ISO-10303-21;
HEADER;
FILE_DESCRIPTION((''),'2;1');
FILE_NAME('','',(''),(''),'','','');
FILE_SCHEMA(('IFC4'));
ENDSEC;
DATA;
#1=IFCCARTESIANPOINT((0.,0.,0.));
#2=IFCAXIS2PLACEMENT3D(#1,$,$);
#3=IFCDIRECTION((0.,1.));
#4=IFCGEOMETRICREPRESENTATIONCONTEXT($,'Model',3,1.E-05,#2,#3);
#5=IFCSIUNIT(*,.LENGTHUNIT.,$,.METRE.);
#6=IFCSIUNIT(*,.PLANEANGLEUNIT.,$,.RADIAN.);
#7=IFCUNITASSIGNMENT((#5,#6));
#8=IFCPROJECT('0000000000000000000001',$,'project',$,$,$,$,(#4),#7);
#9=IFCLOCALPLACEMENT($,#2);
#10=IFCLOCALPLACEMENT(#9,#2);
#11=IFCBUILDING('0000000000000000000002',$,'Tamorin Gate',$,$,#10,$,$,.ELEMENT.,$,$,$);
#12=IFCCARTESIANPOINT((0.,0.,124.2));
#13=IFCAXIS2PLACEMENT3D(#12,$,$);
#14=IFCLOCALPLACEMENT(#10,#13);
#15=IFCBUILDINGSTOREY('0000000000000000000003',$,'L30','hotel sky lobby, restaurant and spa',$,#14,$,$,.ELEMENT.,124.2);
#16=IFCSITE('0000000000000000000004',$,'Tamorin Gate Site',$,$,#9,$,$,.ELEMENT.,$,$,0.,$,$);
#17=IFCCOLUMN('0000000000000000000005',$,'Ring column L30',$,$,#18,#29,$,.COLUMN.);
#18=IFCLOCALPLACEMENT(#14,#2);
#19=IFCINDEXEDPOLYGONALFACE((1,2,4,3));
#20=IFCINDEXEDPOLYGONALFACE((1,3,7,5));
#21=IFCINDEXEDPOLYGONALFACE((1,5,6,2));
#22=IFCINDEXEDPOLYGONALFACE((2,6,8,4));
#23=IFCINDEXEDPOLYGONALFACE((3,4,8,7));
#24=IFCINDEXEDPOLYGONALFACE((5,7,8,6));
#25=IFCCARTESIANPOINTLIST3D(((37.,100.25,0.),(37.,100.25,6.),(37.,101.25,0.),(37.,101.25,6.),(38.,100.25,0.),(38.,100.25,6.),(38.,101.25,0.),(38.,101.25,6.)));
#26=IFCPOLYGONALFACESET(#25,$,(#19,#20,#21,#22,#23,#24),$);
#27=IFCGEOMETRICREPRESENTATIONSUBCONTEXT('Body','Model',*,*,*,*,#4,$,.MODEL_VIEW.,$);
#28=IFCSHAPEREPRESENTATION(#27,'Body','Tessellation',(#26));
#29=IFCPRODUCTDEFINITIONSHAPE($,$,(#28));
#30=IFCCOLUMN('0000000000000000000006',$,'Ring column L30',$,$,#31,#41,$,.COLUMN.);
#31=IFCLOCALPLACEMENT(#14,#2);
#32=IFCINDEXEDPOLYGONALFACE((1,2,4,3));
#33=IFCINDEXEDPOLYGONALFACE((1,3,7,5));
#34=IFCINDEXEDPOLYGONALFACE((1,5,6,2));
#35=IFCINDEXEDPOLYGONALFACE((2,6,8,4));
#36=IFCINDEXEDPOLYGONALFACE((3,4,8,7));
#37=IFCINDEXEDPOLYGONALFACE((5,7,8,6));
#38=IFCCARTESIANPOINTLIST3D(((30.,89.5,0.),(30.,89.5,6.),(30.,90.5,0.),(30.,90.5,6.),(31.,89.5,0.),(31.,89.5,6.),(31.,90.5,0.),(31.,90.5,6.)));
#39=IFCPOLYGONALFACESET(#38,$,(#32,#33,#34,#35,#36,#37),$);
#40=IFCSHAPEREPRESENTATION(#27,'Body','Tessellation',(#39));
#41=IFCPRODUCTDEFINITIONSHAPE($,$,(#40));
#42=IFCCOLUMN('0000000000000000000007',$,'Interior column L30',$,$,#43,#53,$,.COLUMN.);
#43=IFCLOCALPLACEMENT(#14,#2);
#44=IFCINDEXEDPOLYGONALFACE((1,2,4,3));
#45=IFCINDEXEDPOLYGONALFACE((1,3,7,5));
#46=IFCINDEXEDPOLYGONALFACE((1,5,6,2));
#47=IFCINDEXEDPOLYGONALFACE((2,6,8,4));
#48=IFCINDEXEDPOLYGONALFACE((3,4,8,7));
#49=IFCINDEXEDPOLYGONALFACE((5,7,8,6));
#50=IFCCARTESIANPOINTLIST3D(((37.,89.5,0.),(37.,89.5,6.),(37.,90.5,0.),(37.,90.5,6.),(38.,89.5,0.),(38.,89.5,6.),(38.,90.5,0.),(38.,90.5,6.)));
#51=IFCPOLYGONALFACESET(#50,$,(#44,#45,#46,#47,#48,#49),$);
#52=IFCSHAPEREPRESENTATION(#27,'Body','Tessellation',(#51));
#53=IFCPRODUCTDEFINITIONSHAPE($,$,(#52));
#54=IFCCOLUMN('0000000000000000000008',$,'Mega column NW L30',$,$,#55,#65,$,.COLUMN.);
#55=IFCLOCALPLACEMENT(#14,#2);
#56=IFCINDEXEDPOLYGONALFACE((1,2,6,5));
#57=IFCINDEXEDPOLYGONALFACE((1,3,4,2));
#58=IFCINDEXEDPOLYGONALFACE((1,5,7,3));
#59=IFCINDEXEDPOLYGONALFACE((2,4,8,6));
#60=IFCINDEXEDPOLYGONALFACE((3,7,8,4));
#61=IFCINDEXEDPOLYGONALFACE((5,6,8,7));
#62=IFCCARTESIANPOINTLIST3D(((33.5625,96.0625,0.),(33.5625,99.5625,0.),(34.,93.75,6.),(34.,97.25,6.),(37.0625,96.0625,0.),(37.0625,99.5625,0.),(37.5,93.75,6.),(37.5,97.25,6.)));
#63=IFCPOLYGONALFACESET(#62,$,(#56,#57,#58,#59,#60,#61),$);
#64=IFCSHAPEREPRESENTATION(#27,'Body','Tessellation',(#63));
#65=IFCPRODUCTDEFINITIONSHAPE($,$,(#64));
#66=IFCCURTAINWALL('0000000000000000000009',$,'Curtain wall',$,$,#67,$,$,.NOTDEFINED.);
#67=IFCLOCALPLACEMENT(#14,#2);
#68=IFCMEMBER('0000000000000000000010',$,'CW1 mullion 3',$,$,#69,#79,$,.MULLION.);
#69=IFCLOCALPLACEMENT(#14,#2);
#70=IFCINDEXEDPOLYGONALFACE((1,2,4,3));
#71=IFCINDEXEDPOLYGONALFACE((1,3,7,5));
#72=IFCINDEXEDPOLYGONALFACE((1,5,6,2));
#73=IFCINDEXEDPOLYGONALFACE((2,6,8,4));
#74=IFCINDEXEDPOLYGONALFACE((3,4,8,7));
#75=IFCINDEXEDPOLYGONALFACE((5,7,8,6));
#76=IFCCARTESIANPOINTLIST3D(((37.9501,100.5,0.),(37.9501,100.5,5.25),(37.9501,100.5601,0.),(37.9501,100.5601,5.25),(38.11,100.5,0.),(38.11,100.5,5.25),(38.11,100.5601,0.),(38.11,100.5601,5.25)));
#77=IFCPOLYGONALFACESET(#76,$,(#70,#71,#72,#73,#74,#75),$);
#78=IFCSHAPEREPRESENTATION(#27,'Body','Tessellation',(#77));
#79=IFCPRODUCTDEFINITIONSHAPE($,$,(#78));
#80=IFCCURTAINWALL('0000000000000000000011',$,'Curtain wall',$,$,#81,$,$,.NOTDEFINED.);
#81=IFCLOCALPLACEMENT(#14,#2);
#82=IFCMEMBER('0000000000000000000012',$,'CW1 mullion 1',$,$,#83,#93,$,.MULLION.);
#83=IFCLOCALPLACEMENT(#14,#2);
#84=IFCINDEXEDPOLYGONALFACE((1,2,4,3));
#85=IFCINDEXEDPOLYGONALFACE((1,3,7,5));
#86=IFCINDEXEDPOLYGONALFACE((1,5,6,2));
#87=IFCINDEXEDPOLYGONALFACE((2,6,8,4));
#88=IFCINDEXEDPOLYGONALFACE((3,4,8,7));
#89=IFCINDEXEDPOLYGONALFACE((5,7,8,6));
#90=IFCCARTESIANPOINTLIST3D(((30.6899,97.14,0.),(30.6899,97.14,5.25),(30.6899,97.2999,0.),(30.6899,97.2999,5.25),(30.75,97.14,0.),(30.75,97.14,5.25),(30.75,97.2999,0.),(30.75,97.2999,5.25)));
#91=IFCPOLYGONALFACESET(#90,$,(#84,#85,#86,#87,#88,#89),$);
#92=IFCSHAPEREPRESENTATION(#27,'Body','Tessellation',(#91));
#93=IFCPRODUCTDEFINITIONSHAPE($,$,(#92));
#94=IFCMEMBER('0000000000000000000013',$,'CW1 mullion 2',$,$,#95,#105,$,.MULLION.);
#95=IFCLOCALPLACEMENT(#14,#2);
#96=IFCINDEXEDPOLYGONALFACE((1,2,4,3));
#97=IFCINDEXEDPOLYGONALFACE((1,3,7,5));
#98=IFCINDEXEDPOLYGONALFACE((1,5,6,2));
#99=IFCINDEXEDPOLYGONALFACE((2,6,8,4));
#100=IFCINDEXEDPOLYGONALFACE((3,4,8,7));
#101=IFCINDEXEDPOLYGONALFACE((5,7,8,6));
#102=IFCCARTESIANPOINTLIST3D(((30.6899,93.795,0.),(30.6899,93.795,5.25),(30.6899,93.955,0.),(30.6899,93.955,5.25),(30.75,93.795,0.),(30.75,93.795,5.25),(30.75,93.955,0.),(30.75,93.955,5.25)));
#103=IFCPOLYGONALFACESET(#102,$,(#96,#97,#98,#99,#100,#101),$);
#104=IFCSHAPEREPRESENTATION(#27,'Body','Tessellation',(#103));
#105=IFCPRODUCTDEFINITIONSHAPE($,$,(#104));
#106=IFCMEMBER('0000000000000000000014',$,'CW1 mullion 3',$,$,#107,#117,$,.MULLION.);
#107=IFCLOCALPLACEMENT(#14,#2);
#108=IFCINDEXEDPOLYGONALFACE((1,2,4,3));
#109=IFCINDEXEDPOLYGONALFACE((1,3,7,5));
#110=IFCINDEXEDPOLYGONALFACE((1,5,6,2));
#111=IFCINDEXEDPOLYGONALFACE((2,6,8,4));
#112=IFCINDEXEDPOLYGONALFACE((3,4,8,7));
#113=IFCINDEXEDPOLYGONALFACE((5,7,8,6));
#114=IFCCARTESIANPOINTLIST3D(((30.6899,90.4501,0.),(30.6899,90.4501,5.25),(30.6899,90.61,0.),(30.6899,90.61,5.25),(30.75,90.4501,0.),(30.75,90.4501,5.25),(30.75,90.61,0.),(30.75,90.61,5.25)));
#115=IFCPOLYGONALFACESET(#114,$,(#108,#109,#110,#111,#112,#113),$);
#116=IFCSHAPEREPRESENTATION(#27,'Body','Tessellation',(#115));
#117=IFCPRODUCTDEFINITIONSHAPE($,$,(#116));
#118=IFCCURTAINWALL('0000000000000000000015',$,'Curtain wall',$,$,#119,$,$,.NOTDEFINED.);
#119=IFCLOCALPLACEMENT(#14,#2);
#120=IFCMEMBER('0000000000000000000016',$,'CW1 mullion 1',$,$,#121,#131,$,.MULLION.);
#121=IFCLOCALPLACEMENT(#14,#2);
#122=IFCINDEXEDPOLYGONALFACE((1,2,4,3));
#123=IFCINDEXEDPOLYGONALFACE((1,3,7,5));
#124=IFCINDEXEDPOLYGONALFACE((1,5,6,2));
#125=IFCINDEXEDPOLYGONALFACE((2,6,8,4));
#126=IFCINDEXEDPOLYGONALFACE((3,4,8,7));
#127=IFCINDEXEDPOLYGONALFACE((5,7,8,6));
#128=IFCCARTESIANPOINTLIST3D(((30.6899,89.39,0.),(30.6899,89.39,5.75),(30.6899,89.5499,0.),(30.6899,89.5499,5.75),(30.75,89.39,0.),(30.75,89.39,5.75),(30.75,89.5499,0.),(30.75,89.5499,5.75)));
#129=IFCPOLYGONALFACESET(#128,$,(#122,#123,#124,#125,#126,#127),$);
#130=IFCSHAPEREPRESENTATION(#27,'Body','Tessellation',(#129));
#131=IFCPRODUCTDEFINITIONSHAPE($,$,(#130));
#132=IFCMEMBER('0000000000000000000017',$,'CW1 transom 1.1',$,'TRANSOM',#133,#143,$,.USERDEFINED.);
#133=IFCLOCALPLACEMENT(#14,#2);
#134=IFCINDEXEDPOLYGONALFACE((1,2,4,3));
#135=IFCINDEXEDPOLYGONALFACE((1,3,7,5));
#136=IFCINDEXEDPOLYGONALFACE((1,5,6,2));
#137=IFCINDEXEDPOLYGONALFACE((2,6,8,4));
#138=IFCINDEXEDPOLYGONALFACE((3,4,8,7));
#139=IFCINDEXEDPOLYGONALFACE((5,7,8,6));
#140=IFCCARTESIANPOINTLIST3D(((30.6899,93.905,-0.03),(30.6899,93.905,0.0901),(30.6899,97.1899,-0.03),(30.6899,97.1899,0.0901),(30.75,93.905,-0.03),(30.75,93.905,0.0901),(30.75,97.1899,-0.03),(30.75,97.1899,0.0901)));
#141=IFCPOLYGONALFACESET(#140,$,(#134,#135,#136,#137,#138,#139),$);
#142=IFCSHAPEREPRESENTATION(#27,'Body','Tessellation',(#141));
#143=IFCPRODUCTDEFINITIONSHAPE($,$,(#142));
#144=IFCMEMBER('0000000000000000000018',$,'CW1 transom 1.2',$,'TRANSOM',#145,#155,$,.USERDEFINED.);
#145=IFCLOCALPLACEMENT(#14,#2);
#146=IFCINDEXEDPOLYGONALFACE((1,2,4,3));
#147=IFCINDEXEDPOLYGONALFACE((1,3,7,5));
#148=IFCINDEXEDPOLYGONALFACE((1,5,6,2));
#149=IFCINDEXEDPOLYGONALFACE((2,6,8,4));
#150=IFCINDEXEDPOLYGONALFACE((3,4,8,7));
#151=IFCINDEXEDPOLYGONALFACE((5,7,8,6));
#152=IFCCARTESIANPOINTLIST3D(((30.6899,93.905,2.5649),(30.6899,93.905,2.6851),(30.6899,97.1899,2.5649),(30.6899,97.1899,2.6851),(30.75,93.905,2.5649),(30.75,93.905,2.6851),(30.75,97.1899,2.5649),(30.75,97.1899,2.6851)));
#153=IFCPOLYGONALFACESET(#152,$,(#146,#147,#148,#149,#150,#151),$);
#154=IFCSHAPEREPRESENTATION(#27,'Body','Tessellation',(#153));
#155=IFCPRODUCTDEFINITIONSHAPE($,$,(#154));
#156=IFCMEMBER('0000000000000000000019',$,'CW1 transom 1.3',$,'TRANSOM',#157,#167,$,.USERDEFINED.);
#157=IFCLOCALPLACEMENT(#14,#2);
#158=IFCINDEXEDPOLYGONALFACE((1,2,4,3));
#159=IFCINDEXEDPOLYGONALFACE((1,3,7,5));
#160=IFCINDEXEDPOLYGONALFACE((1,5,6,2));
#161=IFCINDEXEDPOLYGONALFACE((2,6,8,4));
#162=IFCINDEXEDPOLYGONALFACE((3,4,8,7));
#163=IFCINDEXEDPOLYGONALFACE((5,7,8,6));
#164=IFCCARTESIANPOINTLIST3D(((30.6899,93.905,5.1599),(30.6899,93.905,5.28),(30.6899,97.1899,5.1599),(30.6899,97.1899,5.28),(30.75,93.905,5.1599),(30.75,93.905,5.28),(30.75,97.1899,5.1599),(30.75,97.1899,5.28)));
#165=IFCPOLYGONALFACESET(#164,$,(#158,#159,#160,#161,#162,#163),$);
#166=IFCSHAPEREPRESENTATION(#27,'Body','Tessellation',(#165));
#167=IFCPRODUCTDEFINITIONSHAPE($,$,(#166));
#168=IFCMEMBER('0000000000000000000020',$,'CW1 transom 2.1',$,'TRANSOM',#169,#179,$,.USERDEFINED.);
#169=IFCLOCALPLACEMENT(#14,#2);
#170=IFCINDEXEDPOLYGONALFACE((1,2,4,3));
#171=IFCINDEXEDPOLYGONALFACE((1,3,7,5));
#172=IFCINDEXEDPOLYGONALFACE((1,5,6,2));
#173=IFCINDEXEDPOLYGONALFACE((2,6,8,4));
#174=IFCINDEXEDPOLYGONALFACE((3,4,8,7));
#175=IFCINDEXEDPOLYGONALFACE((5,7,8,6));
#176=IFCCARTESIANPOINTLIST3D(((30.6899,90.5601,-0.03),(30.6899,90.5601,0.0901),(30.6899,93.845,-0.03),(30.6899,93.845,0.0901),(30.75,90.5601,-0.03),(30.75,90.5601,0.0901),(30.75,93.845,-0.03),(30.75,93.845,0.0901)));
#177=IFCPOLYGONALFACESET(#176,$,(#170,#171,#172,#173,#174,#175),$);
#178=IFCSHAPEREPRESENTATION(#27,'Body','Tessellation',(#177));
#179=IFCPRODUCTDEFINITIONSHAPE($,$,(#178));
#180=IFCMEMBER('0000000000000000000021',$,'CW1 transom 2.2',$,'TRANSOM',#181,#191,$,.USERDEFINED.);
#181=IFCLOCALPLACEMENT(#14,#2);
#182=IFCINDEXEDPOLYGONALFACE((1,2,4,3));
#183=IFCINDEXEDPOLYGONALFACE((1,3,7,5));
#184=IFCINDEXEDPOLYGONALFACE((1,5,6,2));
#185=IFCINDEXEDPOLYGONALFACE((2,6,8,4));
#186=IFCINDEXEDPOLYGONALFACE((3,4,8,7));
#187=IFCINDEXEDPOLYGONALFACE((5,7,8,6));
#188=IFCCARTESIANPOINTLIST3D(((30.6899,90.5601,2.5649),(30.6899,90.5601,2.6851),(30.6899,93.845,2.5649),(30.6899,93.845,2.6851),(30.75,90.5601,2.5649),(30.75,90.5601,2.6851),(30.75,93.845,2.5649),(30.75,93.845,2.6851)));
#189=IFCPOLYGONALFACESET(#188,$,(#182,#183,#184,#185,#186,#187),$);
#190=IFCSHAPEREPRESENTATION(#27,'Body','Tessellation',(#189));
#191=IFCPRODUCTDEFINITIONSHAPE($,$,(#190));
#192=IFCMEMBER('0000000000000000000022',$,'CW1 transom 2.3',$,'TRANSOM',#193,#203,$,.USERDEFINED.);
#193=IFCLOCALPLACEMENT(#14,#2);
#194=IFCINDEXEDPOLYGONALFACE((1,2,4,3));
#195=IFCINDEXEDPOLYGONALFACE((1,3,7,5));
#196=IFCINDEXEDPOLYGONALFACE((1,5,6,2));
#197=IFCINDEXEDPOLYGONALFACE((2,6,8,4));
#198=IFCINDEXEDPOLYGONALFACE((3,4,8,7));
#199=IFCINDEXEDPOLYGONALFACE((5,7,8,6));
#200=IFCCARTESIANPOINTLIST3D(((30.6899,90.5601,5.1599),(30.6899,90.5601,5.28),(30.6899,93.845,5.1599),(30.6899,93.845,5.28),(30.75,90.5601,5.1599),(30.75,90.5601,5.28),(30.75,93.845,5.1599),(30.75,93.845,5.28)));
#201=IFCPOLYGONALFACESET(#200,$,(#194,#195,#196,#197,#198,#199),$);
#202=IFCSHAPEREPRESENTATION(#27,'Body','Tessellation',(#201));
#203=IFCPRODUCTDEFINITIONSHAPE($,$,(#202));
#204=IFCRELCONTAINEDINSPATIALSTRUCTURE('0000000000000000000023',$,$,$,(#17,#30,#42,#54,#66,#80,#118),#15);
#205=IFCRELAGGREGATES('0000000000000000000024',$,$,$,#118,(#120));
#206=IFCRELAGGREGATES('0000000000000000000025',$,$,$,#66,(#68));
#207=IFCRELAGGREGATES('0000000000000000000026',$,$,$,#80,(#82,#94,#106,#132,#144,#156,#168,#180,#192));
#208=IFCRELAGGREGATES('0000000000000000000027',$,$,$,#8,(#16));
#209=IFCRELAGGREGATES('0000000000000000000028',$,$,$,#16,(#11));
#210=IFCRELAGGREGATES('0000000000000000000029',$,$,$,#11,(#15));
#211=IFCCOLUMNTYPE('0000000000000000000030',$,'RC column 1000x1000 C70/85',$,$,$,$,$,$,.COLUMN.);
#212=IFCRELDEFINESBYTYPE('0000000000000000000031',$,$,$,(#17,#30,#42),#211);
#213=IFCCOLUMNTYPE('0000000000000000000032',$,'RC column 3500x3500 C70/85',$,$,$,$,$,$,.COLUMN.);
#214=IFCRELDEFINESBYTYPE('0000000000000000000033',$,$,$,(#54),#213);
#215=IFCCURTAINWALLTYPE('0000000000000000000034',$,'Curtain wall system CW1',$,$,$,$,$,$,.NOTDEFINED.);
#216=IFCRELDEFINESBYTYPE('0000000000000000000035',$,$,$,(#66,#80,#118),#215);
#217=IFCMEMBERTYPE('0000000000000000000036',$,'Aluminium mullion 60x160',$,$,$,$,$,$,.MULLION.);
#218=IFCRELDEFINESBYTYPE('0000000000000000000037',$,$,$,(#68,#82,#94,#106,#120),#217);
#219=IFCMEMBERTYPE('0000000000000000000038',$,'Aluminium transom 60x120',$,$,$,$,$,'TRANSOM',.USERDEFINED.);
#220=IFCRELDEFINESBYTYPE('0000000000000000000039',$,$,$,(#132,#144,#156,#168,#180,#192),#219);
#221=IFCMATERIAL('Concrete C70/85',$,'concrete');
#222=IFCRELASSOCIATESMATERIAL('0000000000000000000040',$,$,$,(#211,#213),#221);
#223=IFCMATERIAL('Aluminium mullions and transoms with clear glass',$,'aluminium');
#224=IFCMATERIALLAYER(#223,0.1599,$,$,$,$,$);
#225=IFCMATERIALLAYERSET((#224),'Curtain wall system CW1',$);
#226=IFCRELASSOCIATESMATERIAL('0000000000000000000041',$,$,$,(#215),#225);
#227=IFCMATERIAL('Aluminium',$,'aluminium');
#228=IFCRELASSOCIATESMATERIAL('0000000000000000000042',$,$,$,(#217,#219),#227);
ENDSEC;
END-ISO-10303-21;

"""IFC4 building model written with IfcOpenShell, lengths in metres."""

from ifc_helpers import new_model, si_unit, direction, frame, origin, origin_2d, place, context, subcontext, project, spatial, rectangle, extrude, material, layer, layer_set, material_profile, profile_set, type_object, element, aggregate, save


model = new_model("IFC4")

# Units and contexts
model_context = context("Model", 3, precision=1e-05, world=origin(), true_north=direction((0.0, 1.0)))
body_context = subcontext(model_context, "Body", "Model", "MODEL_VIEW")
ifc_project = project(units=[si_unit("LENGTHUNIT", "METRE"), si_unit("PLANEANGLEUNIT", "RADIAN")], contexts=[model_context])

# Site, building, storey
site_placement = place(None, origin())
site = spatial("IfcSite", under=ifc_project, at=site_placement, Name="Tamorin Gate Site", CompositionType="ELEMENT", RefElevation=0.0)
building_placement = place(site_placement, origin())
building = spatial("IfcBuilding", under=site, at=building_placement, Name="Tamorin Gate", CompositionType="ELEMENT")
storey_placement = place(building_placement, frame((0.0, 0.0, 124.2)))
storey = spatial("IfcBuildingStorey", under=building, at=storey_placement, Name="L30", Description="hotel sky lobby, restaurant and spa", CompositionType="ELEMENT", Elevation=124.2)

# Columns
ifc_material_1 = material(Name="Concrete C70/85", Category="concrete")
ifc_material_profile_1 = material_profile(ifc_material_1, rectangle(XDim=1.0, YDim=1.0, at=origin_2d()), Name="RC 1000x1000")
ifc_profile_set_1 = profile_set([ifc_material_profile_1], Name="Concrete C70/85")
column_type_1 = type_object("IfcColumnType", Name="RC column 1000x1000 C70/85", PredefinedType="COLUMN", material=ifc_profile_set_1)
for number, where, z_axis, x_axis, name in (
    (1, (37.5, 100.75, 0.0), (0.0, 0.0, 1.0), (1.0, 0.0, 0.0), "Ring column L30"),
    (2, (30.5, 90.0, 0.0), (0.0, 0.0, 1.0), (1.0, 0.0, 0.0), "Ring column L30"),
    (3, (37.5, 90.0, 0.0), (0.0, 0.0, 1.0), (1.0, 0.0, 0.0), "Interior column L30"),
):
    element("IfcColumn", number, at=place(storey_placement, frame(where, z_axis=z_axis, x_axis=x_axis)), inside=storey, type_object=column_type_1, Name=name, PredefinedType="COLUMN", context=body_context, shape_type="SweptSolid", body=[
        extrude(rectangle(XDim=1.0, YDim=1.0, at=origin_2d()), origin(), (0.0, 0.0, 1.0), 6.0),
    ])
ifc_material_profile_2 = material_profile(ifc_material_1, rectangle(XDim=3.5, YDim=3.5, at=origin_2d()), Name="RC 3500x3500")
ifc_profile_set_2 = profile_set([ifc_material_profile_2], Name="Concrete C70/85")
column_type_2 = type_object("IfcColumnType", Name="RC column 3500x3500 C70/85", PredefinedType="COLUMN", material=ifc_profile_set_2)
column_placement = place(storey_placement, frame((35.3125, 97.8125, 0.0), z_axis=(0.0, 0.0, 1.0), x_axis=(0.0, -1.0, 0.0)))
element("IfcColumn", 4, at=column_placement, inside=storey, type_object=column_type_2, Name="Mega column NW L30", PredefinedType="COLUMN", context=body_context, shape_type="SweptSolid", body=[
    extrude(rectangle(XDim=3.5, YDim=3.5, at=origin_2d()), origin(), (0.358801, 0.067881, 0.930943), 6.4451),
])

# Curtain wall, member
ifc_material_2 = material(Name="Aluminium mullions and transoms with clear glass", Category="aluminium")
ifc_layer_1 = layer(ifc_material_2, 0.1599)
ifc_layer_set_1 = layer_set([ifc_layer_1], Name="Curtain wall system CW1")
curtain_wall_type = type_object("IfcCurtainWallType", Name="Curtain wall system CW1", PredefinedType="NOTDEFINED", material=ifc_layer_set_1)
curtain_wall_1_placement = place(storey_placement, origin())
curtain_wall_1 = element("IfcCurtainWall", 5, at=curtain_wall_1_placement, inside=storey, type_object=curtain_wall_type, Name="Curtain wall", PredefinedType="NOTDEFINED")
ifc_material_3 = material(Name="Aluminium", Category="aluminium")
ifc_material_profile_3 = material_profile(ifc_material_3, rectangle(XDim=0.0601, YDim=0.1599, at=origin_2d()), Name="RECT 60x160")
ifc_profile_set_3 = profile_set([ifc_material_profile_3], Name="Aluminium")
member_type_1 = type_object("IfcMemberType", Name="Aluminium mullion 60x160", PredefinedType="MULLION", material=ifc_profile_set_3)
member_1_placement = place(storey_placement, frame((38.03, 100.53, 0.0), z_axis=(0.0, 0.0, 1.0), x_axis=(0.0, -1.0, 0.0)))
member_1 = element("IfcMember", 6, at=member_1_placement, type_object=member_type_1, Name="CW1 mullion 3", PredefinedType="MULLION", context=body_context, shape_type="SweptSolid", body=[
    extrude(rectangle(XDim=0.0601, YDim=0.1599, at=origin_2d()), origin(), (0.0, 0.0, 1.0), 5.25),
])

# Curtain wall, members
curtain_wall_2_placement = place(storey_placement, origin())
curtain_wall_2 = element("IfcCurtainWall", 7, at=curtain_wall_2_placement, inside=storey, type_object=curtain_wall_type, Name="Curtain wall", PredefinedType="NOTDEFINED")
member_2_placement = place(storey_placement, frame((30.72, 97.22, 0.0), z_axis=(0.0, 0.0, 1.0), x_axis=(1.0, 0.0, 0.0)))
member_2 = element("IfcMember", 8, at=member_2_placement, type_object=member_type_1, Name="CW1 mullion 1", PredefinedType="MULLION", context=body_context, shape_type="SweptSolid", body=[
    extrude(rectangle(XDim=0.0601, YDim=0.1599, at=origin_2d()), origin(), (0.0, 0.0, 1.0), 5.25),
])
member_3_placement = place(storey_placement, frame((30.72, 93.875, 0.0), z_axis=(0.0, 0.0, 1.0), x_axis=(1.0, 0.0, 0.0)))
member_3 = element("IfcMember", 9, at=member_3_placement, type_object=member_type_1, Name="CW1 mullion 2", PredefinedType="MULLION", context=body_context, shape_type="SweptSolid", body=[
    extrude(rectangle(XDim=0.0601, YDim=0.1599, at=origin_2d()), origin(), (0.0, 0.0, 1.0), 5.25),
])
member_4_placement = place(storey_placement, frame((30.72, 90.53, 0.0), z_axis=(0.0, 0.0, 1.0), x_axis=(1.0, 0.0, 0.0)))
member_4 = element("IfcMember", 10, at=member_4_placement, type_object=member_type_1, Name="CW1 mullion 3", PredefinedType="MULLION", context=body_context, shape_type="SweptSolid", body=[
    extrude(rectangle(XDim=0.0601, YDim=0.1599, at=origin_2d()), origin(), (0.0, 0.0, 1.0), 5.25),
])

# Curtain wall, member
curtain_wall_3_placement = place(storey_placement, origin())
curtain_wall_3 = element("IfcCurtainWall", 11, at=curtain_wall_3_placement, inside=storey, type_object=curtain_wall_type, Name="Curtain wall", PredefinedType="NOTDEFINED")
member_5_placement = place(storey_placement, frame((30.72, 89.47, 0.0), z_axis=(0.0, 0.0, 1.0), x_axis=(1.0, 0.0, 0.0)))
member_5 = element("IfcMember", 12, at=member_5_placement, type_object=member_type_1, Name="CW1 mullion 1", PredefinedType="MULLION", context=body_context, shape_type="SweptSolid", body=[
    extrude(rectangle(XDim=0.0601, YDim=0.1599, at=origin_2d()), origin(), (0.0, 0.0, 1.0), 5.75),
])

# Members
ifc_material_profile_4 = material_profile(ifc_material_3, rectangle(XDim=0.0601, YDim=0.1201, at=origin_2d()), Name="RECT 60x120")
ifc_profile_set_4 = profile_set([ifc_material_profile_4], Name="Aluminium")
member_type_2 = type_object("IfcMemberType", Name="Aluminium transom 60x120", ElementType="TRANSOM", PredefinedType="USERDEFINED", material=ifc_profile_set_4)
member_6_placement = place(storey_placement, frame((30.72, 97.1899, 0.03), z_axis=(0.0, -1.0, 0.0), x_axis=(1.0, 0.0, 0.0)))
member_6 = element("IfcMember", 13, at=member_6_placement, type_object=member_type_2, Name="CW1 transom 1.1", ObjectType="TRANSOM", PredefinedType="USERDEFINED", context=body_context, shape_type="SweptSolid", body=[
    extrude(rectangle(XDim=0.0601, YDim=0.1201, at=origin_2d()), origin(), (0.0, 0.0, 1.0), 3.2849),
])
member_7_placement = place(storey_placement, frame((30.72, 97.1899, 2.625), z_axis=(0.0, -1.0, 0.0), x_axis=(1.0, 0.0, 0.0)))
member_7 = element("IfcMember", 14, at=member_7_placement, type_object=member_type_2, Name="CW1 transom 1.2", ObjectType="TRANSOM", PredefinedType="USERDEFINED", context=body_context, shape_type="SweptSolid", body=[
    extrude(rectangle(XDim=0.0601, YDim=0.1201, at=origin_2d()), origin(), (0.0, 0.0, 1.0), 3.2849),
])
member_8_placement = place(storey_placement, frame((30.72, 97.1899, 5.22), z_axis=(0.0, -1.0, 0.0), x_axis=(1.0, 0.0, 0.0)))
member_8 = element("IfcMember", 15, at=member_8_placement, type_object=member_type_2, Name="CW1 transom 1.3", ObjectType="TRANSOM", PredefinedType="USERDEFINED", context=body_context, shape_type="SweptSolid", body=[
    extrude(rectangle(XDim=0.0601, YDim=0.1201, at=origin_2d()), origin(), (0.0, 0.0, 1.0), 3.2849),
])
member_9_placement = place(storey_placement, frame((30.72, 93.845, 0.03), z_axis=(0.0, -1.0, 0.0), x_axis=(1.0, 0.0, 0.0)))
member_9 = element("IfcMember", 16, at=member_9_placement, type_object=member_type_2, Name="CW1 transom 2.1", ObjectType="TRANSOM", PredefinedType="USERDEFINED", context=body_context, shape_type="SweptSolid", body=[
    extrude(rectangle(XDim=0.0601, YDim=0.1201, at=origin_2d()), origin(), (0.0, 0.0, 1.0), 3.2849),
])
member_10_placement = place(storey_placement, frame((30.72, 93.845, 2.625), z_axis=(0.0, -1.0, 0.0), x_axis=(1.0, 0.0, 0.0)))
member_10 = element("IfcMember", 17, at=member_10_placement, type_object=member_type_2, Name="CW1 transom 2.2", ObjectType="TRANSOM", PredefinedType="USERDEFINED", context=body_context, shape_type="SweptSolid", body=[
    extrude(rectangle(XDim=0.0601, YDim=0.1201, at=origin_2d()), origin(), (0.0, 0.0, 1.0), 3.2849),
])
member_11_placement = place(storey_placement, frame((30.72, 93.845, 5.22), z_axis=(0.0, -1.0, 0.0), x_axis=(1.0, 0.0, 0.0)))
member_11 = element("IfcMember", 18, at=member_11_placement, type_object=member_type_2, Name="CW1 transom 2.3", ObjectType="TRANSOM", PredefinedType="USERDEFINED", context=body_context, shape_type="SweptSolid", body=[
    extrude(rectangle(XDim=0.0601, YDim=0.1201, at=origin_2d()), origin(), (0.0, 0.0, 1.0), 3.2849),
])
aggregate(curtain_wall_3, [member_5])

aggregate(curtain_wall_1, [member_1])
aggregate(curtain_wall_2, [member_2, member_3, member_4, member_6, member_7, member_8, member_9, member_10, member_11])

save(model, "model.ifc")
